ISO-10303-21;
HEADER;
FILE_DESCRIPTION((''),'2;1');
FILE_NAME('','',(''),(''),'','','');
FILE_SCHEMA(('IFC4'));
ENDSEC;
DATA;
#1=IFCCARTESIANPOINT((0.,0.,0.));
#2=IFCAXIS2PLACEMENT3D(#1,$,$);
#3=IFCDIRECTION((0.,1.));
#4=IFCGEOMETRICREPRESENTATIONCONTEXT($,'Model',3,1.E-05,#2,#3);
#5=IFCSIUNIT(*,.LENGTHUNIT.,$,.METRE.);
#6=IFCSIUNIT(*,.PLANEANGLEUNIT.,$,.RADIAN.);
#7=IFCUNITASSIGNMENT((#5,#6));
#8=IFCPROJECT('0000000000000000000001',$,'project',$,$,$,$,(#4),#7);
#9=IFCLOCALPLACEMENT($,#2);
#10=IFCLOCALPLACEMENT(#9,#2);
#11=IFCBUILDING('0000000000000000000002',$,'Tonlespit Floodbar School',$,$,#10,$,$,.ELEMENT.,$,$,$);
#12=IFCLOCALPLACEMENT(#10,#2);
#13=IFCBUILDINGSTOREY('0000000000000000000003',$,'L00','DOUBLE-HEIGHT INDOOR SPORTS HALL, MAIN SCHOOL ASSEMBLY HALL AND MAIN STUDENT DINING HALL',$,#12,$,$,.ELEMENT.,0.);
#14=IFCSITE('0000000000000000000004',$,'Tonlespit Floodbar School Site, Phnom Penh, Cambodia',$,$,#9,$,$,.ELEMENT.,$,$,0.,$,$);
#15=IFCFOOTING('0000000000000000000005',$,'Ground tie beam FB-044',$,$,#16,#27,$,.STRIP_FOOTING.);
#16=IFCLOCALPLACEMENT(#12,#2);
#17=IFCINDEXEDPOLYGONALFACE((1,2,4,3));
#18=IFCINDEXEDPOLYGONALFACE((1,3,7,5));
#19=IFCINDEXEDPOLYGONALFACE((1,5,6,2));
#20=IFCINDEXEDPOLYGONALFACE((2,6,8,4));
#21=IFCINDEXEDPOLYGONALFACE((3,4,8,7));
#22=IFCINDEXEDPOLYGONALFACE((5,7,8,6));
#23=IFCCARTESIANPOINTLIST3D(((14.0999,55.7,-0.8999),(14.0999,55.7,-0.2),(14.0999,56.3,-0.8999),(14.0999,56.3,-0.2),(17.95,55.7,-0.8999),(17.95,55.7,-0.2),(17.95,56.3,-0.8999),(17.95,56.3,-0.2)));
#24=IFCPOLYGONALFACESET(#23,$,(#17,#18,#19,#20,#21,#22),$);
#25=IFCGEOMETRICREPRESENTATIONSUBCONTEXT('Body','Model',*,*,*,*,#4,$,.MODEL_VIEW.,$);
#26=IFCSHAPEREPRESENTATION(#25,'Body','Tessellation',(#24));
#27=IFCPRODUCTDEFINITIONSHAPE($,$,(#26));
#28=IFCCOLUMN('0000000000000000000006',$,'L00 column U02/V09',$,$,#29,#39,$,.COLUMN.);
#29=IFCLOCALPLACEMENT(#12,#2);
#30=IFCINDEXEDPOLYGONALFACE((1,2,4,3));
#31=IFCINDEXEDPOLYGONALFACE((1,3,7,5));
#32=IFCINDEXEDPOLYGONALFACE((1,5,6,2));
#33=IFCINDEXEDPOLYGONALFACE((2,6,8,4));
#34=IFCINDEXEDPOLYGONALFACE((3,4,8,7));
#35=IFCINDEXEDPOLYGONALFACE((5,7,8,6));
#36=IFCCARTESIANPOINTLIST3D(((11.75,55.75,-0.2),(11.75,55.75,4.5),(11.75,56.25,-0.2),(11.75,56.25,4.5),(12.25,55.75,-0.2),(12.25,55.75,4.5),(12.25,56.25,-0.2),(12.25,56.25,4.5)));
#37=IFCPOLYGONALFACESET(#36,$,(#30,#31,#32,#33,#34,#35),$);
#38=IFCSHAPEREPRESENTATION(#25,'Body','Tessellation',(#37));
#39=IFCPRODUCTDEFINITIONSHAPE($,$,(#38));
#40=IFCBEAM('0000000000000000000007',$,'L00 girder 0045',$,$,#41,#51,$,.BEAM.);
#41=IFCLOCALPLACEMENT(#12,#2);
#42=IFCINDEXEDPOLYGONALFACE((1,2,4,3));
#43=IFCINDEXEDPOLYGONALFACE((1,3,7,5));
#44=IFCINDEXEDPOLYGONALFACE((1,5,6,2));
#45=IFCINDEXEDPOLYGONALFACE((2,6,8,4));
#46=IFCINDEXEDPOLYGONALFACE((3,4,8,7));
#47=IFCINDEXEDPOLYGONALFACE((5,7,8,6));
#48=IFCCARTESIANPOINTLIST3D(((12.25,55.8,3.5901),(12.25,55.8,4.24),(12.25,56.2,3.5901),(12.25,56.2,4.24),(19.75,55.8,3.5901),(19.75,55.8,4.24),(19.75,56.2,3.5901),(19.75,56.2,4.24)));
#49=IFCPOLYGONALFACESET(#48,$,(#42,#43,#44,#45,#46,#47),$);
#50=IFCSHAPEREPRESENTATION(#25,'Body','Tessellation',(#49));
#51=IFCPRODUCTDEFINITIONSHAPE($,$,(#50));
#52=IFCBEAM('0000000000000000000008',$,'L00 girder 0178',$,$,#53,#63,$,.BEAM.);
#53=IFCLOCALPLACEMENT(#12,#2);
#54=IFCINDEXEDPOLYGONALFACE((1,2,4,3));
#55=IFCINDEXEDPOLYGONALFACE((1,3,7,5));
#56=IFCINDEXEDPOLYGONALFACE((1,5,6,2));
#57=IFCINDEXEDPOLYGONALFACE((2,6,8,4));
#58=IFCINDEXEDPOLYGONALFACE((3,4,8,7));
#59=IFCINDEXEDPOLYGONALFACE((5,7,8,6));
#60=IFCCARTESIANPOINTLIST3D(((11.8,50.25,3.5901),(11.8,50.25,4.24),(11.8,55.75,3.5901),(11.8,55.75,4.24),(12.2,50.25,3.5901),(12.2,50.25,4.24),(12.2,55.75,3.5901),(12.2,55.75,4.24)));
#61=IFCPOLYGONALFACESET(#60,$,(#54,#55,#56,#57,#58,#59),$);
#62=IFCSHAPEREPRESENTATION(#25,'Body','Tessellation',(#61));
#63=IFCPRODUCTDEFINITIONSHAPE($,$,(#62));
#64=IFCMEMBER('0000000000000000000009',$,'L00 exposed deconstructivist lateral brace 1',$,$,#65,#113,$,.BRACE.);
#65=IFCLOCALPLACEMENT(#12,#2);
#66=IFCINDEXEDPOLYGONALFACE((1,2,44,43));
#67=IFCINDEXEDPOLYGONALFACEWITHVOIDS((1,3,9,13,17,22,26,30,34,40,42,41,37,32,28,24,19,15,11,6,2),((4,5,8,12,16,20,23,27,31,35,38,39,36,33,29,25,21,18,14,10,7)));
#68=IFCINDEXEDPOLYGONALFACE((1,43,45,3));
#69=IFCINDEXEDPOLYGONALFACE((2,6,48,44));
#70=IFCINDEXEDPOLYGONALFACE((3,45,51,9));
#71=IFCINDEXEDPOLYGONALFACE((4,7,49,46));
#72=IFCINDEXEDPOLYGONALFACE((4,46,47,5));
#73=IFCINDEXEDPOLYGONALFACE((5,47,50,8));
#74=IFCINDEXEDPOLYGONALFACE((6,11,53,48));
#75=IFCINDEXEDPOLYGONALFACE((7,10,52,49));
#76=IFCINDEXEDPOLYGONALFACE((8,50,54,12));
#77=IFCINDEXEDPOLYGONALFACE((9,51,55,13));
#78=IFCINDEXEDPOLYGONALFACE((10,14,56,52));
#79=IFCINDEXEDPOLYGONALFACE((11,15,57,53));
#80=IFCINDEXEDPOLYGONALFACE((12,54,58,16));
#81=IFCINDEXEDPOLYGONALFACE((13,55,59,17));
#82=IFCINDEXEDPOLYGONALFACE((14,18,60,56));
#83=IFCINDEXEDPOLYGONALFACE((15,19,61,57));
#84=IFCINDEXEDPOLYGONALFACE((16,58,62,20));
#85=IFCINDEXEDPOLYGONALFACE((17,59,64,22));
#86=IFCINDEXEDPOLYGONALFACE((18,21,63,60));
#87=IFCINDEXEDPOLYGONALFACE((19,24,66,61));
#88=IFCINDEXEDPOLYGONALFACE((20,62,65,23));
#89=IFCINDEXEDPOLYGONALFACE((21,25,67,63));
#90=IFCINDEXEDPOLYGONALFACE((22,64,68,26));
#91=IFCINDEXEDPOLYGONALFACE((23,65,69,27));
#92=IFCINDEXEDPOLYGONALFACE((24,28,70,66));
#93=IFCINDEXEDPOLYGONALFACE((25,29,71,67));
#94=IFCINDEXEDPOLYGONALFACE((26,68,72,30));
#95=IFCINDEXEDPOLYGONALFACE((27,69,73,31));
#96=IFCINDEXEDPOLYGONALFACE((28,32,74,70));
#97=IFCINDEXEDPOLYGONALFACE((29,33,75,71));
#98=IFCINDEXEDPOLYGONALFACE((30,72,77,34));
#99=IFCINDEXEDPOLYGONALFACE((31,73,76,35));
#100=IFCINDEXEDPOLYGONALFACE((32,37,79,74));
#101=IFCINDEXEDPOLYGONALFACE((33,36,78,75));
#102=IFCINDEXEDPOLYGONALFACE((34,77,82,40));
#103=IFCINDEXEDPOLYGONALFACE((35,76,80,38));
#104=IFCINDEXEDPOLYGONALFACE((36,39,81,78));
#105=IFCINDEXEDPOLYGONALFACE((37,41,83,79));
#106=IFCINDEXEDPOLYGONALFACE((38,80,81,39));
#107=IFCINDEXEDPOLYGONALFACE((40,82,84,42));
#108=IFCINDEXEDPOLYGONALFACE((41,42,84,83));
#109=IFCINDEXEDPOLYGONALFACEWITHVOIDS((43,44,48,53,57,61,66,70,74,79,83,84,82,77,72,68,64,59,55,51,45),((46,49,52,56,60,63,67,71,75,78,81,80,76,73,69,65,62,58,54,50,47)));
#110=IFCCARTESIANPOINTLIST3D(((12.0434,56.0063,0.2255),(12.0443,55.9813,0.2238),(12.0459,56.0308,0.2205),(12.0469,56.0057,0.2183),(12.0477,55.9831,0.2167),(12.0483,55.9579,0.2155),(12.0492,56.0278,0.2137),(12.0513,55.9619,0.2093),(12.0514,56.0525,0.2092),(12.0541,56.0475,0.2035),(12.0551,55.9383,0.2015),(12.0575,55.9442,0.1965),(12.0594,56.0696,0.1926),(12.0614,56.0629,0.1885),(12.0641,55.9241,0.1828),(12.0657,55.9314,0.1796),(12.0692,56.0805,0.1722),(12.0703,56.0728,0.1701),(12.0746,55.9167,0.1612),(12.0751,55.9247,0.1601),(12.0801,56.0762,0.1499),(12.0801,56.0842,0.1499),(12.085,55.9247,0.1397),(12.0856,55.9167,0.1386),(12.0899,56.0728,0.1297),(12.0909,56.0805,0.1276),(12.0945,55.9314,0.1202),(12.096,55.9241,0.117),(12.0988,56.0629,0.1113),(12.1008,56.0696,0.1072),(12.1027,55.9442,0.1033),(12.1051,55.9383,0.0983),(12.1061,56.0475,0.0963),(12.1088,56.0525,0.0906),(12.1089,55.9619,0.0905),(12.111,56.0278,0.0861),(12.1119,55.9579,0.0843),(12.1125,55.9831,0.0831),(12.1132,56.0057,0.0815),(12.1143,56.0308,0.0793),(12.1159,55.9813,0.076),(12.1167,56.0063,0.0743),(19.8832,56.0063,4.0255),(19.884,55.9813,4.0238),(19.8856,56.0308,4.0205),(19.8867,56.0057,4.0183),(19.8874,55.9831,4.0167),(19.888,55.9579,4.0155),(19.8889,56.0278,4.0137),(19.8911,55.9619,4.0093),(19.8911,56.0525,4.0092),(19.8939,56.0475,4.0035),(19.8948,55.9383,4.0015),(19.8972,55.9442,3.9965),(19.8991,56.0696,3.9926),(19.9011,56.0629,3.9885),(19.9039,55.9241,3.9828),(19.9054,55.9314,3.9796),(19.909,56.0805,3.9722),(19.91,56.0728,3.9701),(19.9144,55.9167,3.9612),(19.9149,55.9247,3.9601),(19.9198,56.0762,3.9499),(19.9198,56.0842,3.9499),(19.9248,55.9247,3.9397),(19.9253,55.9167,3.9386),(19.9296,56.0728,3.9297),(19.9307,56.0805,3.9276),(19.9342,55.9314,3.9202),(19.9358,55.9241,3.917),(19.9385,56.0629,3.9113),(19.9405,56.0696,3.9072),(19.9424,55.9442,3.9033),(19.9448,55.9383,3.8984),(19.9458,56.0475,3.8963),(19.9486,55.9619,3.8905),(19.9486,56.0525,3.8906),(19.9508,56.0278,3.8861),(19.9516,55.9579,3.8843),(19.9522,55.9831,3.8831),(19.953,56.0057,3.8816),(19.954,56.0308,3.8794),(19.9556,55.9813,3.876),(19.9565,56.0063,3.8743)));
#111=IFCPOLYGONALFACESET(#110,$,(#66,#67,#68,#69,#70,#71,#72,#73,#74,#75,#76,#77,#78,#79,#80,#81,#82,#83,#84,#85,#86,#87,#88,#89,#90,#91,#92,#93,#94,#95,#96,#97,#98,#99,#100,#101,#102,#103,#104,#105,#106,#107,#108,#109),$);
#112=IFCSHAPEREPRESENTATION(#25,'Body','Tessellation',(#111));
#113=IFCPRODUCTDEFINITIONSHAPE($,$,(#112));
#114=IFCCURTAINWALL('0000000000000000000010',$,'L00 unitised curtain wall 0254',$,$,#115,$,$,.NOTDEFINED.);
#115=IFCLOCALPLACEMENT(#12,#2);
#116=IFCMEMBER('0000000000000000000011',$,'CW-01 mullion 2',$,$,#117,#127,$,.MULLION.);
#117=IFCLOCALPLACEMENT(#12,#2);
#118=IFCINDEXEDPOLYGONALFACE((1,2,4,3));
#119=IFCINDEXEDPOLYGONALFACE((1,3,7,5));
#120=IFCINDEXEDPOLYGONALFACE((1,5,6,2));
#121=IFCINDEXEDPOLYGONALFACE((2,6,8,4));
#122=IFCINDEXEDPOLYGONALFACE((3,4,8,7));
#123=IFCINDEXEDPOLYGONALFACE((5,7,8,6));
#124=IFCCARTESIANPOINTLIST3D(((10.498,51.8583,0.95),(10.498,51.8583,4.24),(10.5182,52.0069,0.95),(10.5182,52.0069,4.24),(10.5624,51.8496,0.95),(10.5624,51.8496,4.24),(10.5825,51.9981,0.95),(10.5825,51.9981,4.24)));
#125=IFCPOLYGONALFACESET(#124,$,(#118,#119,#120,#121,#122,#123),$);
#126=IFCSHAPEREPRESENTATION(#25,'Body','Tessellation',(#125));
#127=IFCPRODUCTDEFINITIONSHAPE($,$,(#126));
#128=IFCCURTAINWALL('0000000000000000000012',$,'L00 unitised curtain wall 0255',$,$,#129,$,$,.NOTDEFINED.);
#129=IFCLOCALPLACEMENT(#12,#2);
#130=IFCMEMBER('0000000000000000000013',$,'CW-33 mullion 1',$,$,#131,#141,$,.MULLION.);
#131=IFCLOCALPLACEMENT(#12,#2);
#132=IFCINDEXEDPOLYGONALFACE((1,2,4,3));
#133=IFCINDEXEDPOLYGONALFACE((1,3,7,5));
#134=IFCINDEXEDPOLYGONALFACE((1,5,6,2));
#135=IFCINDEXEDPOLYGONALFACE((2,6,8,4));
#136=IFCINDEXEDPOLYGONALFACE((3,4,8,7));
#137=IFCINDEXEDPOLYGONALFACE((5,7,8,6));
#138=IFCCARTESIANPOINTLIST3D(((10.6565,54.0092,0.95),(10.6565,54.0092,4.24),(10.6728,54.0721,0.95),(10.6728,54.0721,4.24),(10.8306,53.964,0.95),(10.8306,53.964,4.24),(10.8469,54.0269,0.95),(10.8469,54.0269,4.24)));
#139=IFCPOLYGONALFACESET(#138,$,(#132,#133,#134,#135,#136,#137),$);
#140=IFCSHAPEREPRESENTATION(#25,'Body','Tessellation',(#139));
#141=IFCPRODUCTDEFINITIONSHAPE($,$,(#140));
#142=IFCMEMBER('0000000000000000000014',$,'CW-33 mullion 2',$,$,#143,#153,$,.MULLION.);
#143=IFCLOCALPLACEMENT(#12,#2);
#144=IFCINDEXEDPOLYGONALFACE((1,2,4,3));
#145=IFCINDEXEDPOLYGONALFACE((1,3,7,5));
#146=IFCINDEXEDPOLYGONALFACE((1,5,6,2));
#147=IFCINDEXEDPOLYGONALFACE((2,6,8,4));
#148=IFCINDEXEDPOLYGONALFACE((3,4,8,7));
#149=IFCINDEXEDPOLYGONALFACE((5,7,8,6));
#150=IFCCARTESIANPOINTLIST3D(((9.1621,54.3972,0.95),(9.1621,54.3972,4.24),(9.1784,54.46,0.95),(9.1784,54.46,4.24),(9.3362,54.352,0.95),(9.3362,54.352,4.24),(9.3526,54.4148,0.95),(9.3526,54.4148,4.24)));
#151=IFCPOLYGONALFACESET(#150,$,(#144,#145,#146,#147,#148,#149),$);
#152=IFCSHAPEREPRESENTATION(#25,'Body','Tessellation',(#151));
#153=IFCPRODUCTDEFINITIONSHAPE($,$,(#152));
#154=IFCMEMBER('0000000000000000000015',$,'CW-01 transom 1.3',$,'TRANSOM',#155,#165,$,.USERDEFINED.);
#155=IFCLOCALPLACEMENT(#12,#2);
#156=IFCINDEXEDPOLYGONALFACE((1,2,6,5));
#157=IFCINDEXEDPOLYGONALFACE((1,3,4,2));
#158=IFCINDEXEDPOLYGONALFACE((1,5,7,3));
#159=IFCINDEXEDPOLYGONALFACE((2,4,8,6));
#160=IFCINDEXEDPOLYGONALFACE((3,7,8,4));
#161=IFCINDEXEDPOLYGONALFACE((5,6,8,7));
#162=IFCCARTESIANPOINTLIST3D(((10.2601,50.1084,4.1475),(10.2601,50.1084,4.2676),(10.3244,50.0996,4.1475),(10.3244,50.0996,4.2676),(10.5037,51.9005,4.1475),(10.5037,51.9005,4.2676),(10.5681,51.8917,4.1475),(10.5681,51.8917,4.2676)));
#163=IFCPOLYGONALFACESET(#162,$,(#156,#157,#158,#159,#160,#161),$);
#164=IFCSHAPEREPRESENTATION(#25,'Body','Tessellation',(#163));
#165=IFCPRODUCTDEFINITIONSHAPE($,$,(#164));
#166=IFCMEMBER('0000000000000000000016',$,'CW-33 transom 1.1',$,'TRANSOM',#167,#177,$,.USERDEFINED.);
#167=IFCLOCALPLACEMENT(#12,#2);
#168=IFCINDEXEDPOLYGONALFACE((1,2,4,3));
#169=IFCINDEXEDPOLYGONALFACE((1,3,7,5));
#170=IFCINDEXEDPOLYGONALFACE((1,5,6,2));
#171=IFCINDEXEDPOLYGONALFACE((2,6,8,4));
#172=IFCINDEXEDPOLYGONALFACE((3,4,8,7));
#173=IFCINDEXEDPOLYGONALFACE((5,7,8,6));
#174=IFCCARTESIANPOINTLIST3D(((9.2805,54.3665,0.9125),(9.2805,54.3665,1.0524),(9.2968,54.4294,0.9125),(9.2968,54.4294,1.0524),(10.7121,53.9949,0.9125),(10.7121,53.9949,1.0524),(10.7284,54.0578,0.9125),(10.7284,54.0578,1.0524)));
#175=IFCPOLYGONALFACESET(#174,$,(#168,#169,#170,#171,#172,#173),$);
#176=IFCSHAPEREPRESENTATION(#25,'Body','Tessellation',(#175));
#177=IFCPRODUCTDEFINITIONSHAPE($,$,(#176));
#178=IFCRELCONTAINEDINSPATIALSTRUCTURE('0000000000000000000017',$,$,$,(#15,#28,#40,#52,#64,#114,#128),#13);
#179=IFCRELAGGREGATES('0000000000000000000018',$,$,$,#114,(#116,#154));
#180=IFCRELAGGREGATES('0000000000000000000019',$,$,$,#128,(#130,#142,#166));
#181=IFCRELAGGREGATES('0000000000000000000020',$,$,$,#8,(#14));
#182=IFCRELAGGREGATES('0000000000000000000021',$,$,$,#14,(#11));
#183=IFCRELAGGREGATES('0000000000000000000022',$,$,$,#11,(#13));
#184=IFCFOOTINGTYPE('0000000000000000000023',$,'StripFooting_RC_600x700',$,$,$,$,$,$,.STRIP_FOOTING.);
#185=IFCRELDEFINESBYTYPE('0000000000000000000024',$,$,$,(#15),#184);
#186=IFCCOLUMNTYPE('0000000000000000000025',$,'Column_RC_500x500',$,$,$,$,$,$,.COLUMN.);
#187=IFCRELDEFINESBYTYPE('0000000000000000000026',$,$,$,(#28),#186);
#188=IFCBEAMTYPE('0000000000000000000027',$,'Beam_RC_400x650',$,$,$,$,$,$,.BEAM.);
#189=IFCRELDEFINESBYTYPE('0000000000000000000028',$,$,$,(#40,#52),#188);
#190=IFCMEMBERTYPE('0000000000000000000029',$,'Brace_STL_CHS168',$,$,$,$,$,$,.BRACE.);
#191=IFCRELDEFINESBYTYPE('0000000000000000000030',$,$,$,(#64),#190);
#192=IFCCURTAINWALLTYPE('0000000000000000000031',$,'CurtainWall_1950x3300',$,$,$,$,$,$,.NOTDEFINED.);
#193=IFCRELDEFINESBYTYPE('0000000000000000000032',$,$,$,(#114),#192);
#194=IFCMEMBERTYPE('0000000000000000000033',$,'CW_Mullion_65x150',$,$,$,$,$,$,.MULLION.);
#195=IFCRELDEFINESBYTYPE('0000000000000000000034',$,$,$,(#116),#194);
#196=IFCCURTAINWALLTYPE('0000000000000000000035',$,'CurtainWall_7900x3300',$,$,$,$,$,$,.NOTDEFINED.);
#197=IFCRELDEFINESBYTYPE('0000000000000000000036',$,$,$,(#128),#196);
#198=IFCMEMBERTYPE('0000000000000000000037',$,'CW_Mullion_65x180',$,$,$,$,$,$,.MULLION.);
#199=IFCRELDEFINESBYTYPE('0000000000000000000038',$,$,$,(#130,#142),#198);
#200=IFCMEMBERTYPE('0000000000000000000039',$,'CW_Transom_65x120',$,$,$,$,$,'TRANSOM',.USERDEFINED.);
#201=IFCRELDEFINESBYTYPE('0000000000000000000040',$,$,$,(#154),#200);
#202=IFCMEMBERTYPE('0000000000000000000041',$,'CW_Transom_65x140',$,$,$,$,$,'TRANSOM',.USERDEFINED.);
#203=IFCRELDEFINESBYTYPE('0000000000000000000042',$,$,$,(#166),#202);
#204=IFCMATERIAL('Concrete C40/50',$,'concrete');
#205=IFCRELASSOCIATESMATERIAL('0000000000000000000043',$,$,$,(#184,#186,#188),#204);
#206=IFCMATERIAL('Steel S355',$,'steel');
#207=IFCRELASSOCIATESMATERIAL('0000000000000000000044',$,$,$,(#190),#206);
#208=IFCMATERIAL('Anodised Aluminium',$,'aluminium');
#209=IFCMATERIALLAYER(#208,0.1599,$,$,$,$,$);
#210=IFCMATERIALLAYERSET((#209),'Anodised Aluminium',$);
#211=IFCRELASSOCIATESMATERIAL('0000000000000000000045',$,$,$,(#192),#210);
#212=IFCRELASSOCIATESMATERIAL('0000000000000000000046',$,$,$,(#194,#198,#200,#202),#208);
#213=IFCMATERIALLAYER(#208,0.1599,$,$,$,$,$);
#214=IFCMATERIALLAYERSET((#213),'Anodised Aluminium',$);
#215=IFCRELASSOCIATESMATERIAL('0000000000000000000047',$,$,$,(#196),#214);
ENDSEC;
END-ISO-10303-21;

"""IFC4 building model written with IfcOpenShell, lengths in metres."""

from ifc_helpers import new_model, si_unit, direction, frame, origin, origin_2d, place, context, subcontext, project, spatial, rectangle, hollow_circle, extrude, material, layer, layer_set, material_profile, profile_set, type_object, element, aggregate, save


model = new_model("IFC4")

# Units and contexts
model_context = context("Model", 3, precision=1e-05, world=origin(), true_north=direction((0.0, 1.0)))
body_context = subcontext(model_context, "Body", "Model", "MODEL_VIEW")
ifc_project = project(units=[si_unit("LENGTHUNIT", "METRE"), si_unit("PLANEANGLEUNIT", "RADIAN")], contexts=[model_context])

# Site, building, storey
site_placement = place(None, origin())
site = spatial("IfcSite", under=ifc_project, at=site_placement, Name="Tonlespit Floodbar School Site, Phnom Penh, Cambodia", CompositionType="ELEMENT", RefElevation=0.0)
building_placement = place(site_placement, origin())
building = spatial("IfcBuilding", under=site, at=building_placement, Name="Tonlespit Floodbar School", CompositionType="ELEMENT")
storey_placement = place(building_placement, origin())
storey = spatial("IfcBuildingStorey", under=building, at=storey_placement, Name="L00", Description="DOUBLE-HEIGHT INDOOR SPORTS HALL, MAIN SCHOOL ASSEMBLY HALL AND MAIN STUDENT DINING HALL", CompositionType="ELEMENT", Elevation=0.0)

# Shared definitions
ifc_material_1 = material(Name="Concrete C40/50", Category="concrete")

# Footing
footing_type_1 = type_object("IfcFootingType", Name="StripFooting_RC_600x700", PredefinedType="STRIP_FOOTING", material=ifc_material_1)
footing_1_placement = place(storey_placement, frame((16.0249, 56.0, -0.8999), z_axis=(0.0, 0.0, 1.0), x_axis=(1.0, 0.0, 0.0)))
element("IfcFooting", 1, at=footing_1_placement, inside=storey, type_object=footing_type_1, Name="Ground tie beam FB-044", PredefinedType="STRIP_FOOTING", context=body_context, shape_type="SweptSolid", body=[
    extrude(rectangle(XDim=3.8501, YDim=0.6001, at=origin_2d()), origin(), (0.0, 0.0, 1.0), 0.7),
])

# Column
ifc_material_profile_1 = material_profile(ifc_material_1, rectangle(XDim=0.5, YDim=0.5, at=origin_2d()), Name="RC 500x500")
ifc_profile_set_1 = profile_set([ifc_material_profile_1], Name="Concrete C40/50")
column_type = type_object("IfcColumnType", Name="Column_RC_500x500", PredefinedType="COLUMN", material=ifc_profile_set_1)
column_placement = place(storey_placement, frame((12.0, 56.0, -0.2), z_axis=(0.0, 0.0, 1.0), x_axis=(1.0, 0.0, 0.0)))
element("IfcColumn", 2, at=column_placement, inside=storey, type_object=column_type, Name="L00 column U02/V09", PredefinedType="COLUMN", context=body_context, shape_type="SweptSolid", body=[
    extrude(rectangle(XDim=0.5, YDim=0.5, at=origin_2d()), origin(), (0.0, 0.0, 1.0), 4.7),
])

# Beams
ifc_material_profile_2 = material_profile(ifc_material_1, rectangle(XDim=0.3999, YDim=0.6499, at=origin_2d()), Name="RC 400x650")
ifc_profile_set_2 = profile_set([ifc_material_profile_2], Name="Concrete C40/50")
beam_type_1 = type_object("IfcBeamType", Name="Beam_RC_400x650", PredefinedType="BEAM", material=ifc_profile_set_2)
beam_1_placement = place(storey_placement, frame((12.25, 56.0, 3.915), z_axis=(1.0, 0.0, 0.0), x_axis=(0.0, 1.0, 0.0)))
element("IfcBeam", 3, at=beam_1_placement, inside=storey, type_object=beam_type_1, Name="L00 girder 0045", PredefinedType="BEAM", context=body_context, shape_type="SweptSolid", body=[
    extrude(rectangle(XDim=0.3999, YDim=0.6499, at=origin_2d()), origin(), (0.0, 0.0, 1.0), 7.5),
])
beam_2_placement = place(storey_placement, frame((12.0, 50.25, 3.915), z_axis=(0.0, 1.0, 0.0), x_axis=(-1.0, 0.0, 0.0)))
element("IfcBeam", 4, at=beam_2_placement, inside=storey, type_object=beam_type_1, Name="L00 girder 0178", PredefinedType="BEAM", context=body_context, shape_type="SweptSolid", body=[
    extrude(rectangle(XDim=0.3999, YDim=0.6499, at=origin_2d()), origin(), (0.0, 0.0, 1.0), 5.5),
])

# Member
ifc_material_2 = material(Name="Steel S355", Category="steel")
ifc_material_profile_3 = material_profile(ifc_material_2, hollow_circle(Radius=0.0842, WallThickness=0.0081, at=origin_2d()), Name="CHS 168.3x8")
ifc_profile_set_3 = profile_set([ifc_material_profile_3], Name="Steel S355")
member_type_1 = type_object("IfcMemberType", Name="Brace_STL_CHS168", PredefinedType="BRACE", material=ifc_profile_set_3)
member_1_placement = place(storey_placement, frame((12.0801, 56.0, 0.1499), z_axis=(0.899863, 0.0, 0.436172), x_axis=(0.0, 1.0, 0.0)))
element("IfcMember", 5, at=member_1_placement, inside=storey, type_object=member_type_1, Name="L00 exposed deconstructivist lateral brace 1", PredefinedType="BRACE", context=body_context, shape_type="SweptSolid", body=[
    extrude(hollow_circle(Radius=0.0842, WallThickness=0.0081, at=origin_2d()), origin(), (0.0, 0.0, 1.0), 8.7122),
])

# Curtain wall, member
ifc_material_3 = material(Name="Anodised Aluminium", Category="aluminium")
ifc_layer_1 = layer(ifc_material_3, 0.1599)
ifc_layer_set_1 = layer_set([ifc_layer_1], Name="Anodised Aluminium")
curtain_wall_type_1 = type_object("IfcCurtainWallType", Name="CurtainWall_1950x3300", PredefinedType="NOTDEFINED", material=ifc_layer_set_1)
curtain_wall_1_placement = place(storey_placement, origin())
curtain_wall_1 = element("IfcCurtainWall", 6, at=curtain_wall_1_placement, inside=storey, type_object=curtain_wall_type_1, Name="L00 unitised curtain wall 0254", PredefinedType="NOTDEFINED")
ifc_material_profile_4 = material_profile(ifc_material_3, rectangle(XDim=0.0649, YDim=0.1499, at=origin_2d()), Name="ALU M65x150")
ifc_profile_set_4 = profile_set([ifc_material_profile_4], Name="Anodised Aluminium")
member_type_2 = type_object("IfcMemberType", Name="CW_Mullion_65x150", PredefinedType="MULLION", material=ifc_profile_set_4)
member_2_placement = place(storey_placement, frame((10.5403, 51.9282, 0.95), z_axis=(0.0, 0.0, 1.0), x_axis=(-0.990894, 0.134644, 0.0)))
member_2 = element("IfcMember", 7, at=member_2_placement, type_object=member_type_2, Name="CW-01 mullion 2", PredefinedType="MULLION", context=body_context, shape_type="SweptSolid", body=[
    extrude(rectangle(XDim=0.0649, YDim=0.1499, at=origin_2d()), origin(), (0.0, 0.0, 1.0), 3.29),
])

# Curtain wall, members
ifc_layer_2 = layer(ifc_material_3, 0.1599)
ifc_layer_set_2 = layer_set([ifc_layer_2], Name="Anodised Aluminium")
curtain_wall_type_2 = type_object("IfcCurtainWallType", Name="CurtainWall_7900x3300", PredefinedType="NOTDEFINED", material=ifc_layer_set_2)
curtain_wall_2_placement = place(storey_placement, origin())
curtain_wall_2 = element("IfcCurtainWall", 8, at=curtain_wall_2_placement, inside=storey, type_object=curtain_wall_type_2, Name="L00 unitised curtain wall 0255", PredefinedType="NOTDEFINED")
ifc_material_profile_5 = material_profile(ifc_material_3, rectangle(XDim=0.0649, YDim=0.1799, at=origin_2d()), Name="ALU M65x180")
ifc_profile_set_5 = profile_set([ifc_material_profile_5], Name="Anodised Aluminium")
member_type_3 = type_object("IfcMemberType", Name="CW_Mullion_65x180", PredefinedType="MULLION", material=ifc_profile_set_5)
member_3_placement = place(storey_placement, frame((10.7517, 54.0181, 0.95), z_axis=(0.0, 0.0, 1.0), x_axis=(-0.251201, -0.967935, 0.0)))
member_3 = element("IfcMember", 9, at=member_3_placement, type_object=member_type_3, Name="CW-33 mullion 1", PredefinedType="MULLION", context=body_context, shape_type="SweptSolid", body=[
    extrude(rectangle(XDim=0.0649, YDim=0.1799, at=origin_2d()), origin(), (0.0, 0.0, 1.0), 3.29),
])
member_4_placement = place(storey_placement, frame((9.2573, 54.406, 0.95), z_axis=(0.0, 0.0, 1.0), x_axis=(-0.251201, -0.967935, 0.0)))
member_4 = element("IfcMember", 10, at=member_4_placement, type_object=member_type_3, Name="CW-33 mullion 2", PredefinedType="MULLION", context=body_context, shape_type="SweptSolid", body=[
    extrude(rectangle(XDim=0.0649, YDim=0.1799, at=origin_2d()), origin(), (0.0, 0.0, 1.0), 3.29),
])

# Members
ifc_material_profile_6 = material_profile(ifc_material_3, rectangle(XDim=0.0649, YDim=0.1201, at=origin_2d()), Name="ALU T65x120")
ifc_profile_set_6 = profile_set([ifc_material_profile_6], Name="Anodised Aluminium")
member_type_4 = type_object("IfcMemberType", Name="CW_Transom_65x120", ElementType="TRANSOM", PredefinedType="USERDEFINED", material=ifc_profile_set_6)
member_5_placement = place(storey_placement, frame((10.2922, 50.104, 4.2075), z_axis=(0.134728, 0.990883, 0.0), x_axis=(-0.990883, 0.134728, 0.0)))
member_5 = element("IfcMember", 11, at=member_5_placement, type_object=member_type_4, Name="CW-01 transom 1.3", ObjectType="TRANSOM", PredefinedType="USERDEFINED", context=body_context, shape_type="SweptSolid", body=[
    extrude(rectangle(XDim=0.0649, YDim=0.1201, at=origin_2d()), origin(), (0.0, 0.0, 1.0), 1.8086),
])
ifc_material_profile_7 = material_profile(ifc_material_3, rectangle(XDim=0.0649, YDim=0.1399, at=origin_2d()), Name="ALU T65x140")
ifc_profile_set_7 = profile_set([ifc_material_profile_7], Name="Anodised Aluminium")
member_type_5 = type_object("IfcMemberType", Name="CW_Transom_65x140", ElementType="TRANSOM", PredefinedType="USERDEFINED", material=ifc_profile_set_7)
member_6_placement = place(storey_placement, frame((10.7202, 54.0264, 0.9824), z_axis=(-0.967929, 0.251226, 0.0), x_axis=(-0.251226, -0.967929, 0.0)))
member_6 = element("IfcMember", 12, at=member_6_placement, type_object=member_type_5, Name="CW-33 transom 1.1", ObjectType="TRANSOM", PredefinedType="USERDEFINED", context=body_context, shape_type="SweptSolid", body=[
    extrude(rectangle(XDim=0.0649, YDim=0.1399, at=origin_2d()), origin(), (0.0, 0.0, 1.0), 1.479),
])

aggregate(curtain_wall_1, [member_2, member_5])
aggregate(curtain_wall_2, [member_3, member_4, member_6])

save(model, "model.ifc")
